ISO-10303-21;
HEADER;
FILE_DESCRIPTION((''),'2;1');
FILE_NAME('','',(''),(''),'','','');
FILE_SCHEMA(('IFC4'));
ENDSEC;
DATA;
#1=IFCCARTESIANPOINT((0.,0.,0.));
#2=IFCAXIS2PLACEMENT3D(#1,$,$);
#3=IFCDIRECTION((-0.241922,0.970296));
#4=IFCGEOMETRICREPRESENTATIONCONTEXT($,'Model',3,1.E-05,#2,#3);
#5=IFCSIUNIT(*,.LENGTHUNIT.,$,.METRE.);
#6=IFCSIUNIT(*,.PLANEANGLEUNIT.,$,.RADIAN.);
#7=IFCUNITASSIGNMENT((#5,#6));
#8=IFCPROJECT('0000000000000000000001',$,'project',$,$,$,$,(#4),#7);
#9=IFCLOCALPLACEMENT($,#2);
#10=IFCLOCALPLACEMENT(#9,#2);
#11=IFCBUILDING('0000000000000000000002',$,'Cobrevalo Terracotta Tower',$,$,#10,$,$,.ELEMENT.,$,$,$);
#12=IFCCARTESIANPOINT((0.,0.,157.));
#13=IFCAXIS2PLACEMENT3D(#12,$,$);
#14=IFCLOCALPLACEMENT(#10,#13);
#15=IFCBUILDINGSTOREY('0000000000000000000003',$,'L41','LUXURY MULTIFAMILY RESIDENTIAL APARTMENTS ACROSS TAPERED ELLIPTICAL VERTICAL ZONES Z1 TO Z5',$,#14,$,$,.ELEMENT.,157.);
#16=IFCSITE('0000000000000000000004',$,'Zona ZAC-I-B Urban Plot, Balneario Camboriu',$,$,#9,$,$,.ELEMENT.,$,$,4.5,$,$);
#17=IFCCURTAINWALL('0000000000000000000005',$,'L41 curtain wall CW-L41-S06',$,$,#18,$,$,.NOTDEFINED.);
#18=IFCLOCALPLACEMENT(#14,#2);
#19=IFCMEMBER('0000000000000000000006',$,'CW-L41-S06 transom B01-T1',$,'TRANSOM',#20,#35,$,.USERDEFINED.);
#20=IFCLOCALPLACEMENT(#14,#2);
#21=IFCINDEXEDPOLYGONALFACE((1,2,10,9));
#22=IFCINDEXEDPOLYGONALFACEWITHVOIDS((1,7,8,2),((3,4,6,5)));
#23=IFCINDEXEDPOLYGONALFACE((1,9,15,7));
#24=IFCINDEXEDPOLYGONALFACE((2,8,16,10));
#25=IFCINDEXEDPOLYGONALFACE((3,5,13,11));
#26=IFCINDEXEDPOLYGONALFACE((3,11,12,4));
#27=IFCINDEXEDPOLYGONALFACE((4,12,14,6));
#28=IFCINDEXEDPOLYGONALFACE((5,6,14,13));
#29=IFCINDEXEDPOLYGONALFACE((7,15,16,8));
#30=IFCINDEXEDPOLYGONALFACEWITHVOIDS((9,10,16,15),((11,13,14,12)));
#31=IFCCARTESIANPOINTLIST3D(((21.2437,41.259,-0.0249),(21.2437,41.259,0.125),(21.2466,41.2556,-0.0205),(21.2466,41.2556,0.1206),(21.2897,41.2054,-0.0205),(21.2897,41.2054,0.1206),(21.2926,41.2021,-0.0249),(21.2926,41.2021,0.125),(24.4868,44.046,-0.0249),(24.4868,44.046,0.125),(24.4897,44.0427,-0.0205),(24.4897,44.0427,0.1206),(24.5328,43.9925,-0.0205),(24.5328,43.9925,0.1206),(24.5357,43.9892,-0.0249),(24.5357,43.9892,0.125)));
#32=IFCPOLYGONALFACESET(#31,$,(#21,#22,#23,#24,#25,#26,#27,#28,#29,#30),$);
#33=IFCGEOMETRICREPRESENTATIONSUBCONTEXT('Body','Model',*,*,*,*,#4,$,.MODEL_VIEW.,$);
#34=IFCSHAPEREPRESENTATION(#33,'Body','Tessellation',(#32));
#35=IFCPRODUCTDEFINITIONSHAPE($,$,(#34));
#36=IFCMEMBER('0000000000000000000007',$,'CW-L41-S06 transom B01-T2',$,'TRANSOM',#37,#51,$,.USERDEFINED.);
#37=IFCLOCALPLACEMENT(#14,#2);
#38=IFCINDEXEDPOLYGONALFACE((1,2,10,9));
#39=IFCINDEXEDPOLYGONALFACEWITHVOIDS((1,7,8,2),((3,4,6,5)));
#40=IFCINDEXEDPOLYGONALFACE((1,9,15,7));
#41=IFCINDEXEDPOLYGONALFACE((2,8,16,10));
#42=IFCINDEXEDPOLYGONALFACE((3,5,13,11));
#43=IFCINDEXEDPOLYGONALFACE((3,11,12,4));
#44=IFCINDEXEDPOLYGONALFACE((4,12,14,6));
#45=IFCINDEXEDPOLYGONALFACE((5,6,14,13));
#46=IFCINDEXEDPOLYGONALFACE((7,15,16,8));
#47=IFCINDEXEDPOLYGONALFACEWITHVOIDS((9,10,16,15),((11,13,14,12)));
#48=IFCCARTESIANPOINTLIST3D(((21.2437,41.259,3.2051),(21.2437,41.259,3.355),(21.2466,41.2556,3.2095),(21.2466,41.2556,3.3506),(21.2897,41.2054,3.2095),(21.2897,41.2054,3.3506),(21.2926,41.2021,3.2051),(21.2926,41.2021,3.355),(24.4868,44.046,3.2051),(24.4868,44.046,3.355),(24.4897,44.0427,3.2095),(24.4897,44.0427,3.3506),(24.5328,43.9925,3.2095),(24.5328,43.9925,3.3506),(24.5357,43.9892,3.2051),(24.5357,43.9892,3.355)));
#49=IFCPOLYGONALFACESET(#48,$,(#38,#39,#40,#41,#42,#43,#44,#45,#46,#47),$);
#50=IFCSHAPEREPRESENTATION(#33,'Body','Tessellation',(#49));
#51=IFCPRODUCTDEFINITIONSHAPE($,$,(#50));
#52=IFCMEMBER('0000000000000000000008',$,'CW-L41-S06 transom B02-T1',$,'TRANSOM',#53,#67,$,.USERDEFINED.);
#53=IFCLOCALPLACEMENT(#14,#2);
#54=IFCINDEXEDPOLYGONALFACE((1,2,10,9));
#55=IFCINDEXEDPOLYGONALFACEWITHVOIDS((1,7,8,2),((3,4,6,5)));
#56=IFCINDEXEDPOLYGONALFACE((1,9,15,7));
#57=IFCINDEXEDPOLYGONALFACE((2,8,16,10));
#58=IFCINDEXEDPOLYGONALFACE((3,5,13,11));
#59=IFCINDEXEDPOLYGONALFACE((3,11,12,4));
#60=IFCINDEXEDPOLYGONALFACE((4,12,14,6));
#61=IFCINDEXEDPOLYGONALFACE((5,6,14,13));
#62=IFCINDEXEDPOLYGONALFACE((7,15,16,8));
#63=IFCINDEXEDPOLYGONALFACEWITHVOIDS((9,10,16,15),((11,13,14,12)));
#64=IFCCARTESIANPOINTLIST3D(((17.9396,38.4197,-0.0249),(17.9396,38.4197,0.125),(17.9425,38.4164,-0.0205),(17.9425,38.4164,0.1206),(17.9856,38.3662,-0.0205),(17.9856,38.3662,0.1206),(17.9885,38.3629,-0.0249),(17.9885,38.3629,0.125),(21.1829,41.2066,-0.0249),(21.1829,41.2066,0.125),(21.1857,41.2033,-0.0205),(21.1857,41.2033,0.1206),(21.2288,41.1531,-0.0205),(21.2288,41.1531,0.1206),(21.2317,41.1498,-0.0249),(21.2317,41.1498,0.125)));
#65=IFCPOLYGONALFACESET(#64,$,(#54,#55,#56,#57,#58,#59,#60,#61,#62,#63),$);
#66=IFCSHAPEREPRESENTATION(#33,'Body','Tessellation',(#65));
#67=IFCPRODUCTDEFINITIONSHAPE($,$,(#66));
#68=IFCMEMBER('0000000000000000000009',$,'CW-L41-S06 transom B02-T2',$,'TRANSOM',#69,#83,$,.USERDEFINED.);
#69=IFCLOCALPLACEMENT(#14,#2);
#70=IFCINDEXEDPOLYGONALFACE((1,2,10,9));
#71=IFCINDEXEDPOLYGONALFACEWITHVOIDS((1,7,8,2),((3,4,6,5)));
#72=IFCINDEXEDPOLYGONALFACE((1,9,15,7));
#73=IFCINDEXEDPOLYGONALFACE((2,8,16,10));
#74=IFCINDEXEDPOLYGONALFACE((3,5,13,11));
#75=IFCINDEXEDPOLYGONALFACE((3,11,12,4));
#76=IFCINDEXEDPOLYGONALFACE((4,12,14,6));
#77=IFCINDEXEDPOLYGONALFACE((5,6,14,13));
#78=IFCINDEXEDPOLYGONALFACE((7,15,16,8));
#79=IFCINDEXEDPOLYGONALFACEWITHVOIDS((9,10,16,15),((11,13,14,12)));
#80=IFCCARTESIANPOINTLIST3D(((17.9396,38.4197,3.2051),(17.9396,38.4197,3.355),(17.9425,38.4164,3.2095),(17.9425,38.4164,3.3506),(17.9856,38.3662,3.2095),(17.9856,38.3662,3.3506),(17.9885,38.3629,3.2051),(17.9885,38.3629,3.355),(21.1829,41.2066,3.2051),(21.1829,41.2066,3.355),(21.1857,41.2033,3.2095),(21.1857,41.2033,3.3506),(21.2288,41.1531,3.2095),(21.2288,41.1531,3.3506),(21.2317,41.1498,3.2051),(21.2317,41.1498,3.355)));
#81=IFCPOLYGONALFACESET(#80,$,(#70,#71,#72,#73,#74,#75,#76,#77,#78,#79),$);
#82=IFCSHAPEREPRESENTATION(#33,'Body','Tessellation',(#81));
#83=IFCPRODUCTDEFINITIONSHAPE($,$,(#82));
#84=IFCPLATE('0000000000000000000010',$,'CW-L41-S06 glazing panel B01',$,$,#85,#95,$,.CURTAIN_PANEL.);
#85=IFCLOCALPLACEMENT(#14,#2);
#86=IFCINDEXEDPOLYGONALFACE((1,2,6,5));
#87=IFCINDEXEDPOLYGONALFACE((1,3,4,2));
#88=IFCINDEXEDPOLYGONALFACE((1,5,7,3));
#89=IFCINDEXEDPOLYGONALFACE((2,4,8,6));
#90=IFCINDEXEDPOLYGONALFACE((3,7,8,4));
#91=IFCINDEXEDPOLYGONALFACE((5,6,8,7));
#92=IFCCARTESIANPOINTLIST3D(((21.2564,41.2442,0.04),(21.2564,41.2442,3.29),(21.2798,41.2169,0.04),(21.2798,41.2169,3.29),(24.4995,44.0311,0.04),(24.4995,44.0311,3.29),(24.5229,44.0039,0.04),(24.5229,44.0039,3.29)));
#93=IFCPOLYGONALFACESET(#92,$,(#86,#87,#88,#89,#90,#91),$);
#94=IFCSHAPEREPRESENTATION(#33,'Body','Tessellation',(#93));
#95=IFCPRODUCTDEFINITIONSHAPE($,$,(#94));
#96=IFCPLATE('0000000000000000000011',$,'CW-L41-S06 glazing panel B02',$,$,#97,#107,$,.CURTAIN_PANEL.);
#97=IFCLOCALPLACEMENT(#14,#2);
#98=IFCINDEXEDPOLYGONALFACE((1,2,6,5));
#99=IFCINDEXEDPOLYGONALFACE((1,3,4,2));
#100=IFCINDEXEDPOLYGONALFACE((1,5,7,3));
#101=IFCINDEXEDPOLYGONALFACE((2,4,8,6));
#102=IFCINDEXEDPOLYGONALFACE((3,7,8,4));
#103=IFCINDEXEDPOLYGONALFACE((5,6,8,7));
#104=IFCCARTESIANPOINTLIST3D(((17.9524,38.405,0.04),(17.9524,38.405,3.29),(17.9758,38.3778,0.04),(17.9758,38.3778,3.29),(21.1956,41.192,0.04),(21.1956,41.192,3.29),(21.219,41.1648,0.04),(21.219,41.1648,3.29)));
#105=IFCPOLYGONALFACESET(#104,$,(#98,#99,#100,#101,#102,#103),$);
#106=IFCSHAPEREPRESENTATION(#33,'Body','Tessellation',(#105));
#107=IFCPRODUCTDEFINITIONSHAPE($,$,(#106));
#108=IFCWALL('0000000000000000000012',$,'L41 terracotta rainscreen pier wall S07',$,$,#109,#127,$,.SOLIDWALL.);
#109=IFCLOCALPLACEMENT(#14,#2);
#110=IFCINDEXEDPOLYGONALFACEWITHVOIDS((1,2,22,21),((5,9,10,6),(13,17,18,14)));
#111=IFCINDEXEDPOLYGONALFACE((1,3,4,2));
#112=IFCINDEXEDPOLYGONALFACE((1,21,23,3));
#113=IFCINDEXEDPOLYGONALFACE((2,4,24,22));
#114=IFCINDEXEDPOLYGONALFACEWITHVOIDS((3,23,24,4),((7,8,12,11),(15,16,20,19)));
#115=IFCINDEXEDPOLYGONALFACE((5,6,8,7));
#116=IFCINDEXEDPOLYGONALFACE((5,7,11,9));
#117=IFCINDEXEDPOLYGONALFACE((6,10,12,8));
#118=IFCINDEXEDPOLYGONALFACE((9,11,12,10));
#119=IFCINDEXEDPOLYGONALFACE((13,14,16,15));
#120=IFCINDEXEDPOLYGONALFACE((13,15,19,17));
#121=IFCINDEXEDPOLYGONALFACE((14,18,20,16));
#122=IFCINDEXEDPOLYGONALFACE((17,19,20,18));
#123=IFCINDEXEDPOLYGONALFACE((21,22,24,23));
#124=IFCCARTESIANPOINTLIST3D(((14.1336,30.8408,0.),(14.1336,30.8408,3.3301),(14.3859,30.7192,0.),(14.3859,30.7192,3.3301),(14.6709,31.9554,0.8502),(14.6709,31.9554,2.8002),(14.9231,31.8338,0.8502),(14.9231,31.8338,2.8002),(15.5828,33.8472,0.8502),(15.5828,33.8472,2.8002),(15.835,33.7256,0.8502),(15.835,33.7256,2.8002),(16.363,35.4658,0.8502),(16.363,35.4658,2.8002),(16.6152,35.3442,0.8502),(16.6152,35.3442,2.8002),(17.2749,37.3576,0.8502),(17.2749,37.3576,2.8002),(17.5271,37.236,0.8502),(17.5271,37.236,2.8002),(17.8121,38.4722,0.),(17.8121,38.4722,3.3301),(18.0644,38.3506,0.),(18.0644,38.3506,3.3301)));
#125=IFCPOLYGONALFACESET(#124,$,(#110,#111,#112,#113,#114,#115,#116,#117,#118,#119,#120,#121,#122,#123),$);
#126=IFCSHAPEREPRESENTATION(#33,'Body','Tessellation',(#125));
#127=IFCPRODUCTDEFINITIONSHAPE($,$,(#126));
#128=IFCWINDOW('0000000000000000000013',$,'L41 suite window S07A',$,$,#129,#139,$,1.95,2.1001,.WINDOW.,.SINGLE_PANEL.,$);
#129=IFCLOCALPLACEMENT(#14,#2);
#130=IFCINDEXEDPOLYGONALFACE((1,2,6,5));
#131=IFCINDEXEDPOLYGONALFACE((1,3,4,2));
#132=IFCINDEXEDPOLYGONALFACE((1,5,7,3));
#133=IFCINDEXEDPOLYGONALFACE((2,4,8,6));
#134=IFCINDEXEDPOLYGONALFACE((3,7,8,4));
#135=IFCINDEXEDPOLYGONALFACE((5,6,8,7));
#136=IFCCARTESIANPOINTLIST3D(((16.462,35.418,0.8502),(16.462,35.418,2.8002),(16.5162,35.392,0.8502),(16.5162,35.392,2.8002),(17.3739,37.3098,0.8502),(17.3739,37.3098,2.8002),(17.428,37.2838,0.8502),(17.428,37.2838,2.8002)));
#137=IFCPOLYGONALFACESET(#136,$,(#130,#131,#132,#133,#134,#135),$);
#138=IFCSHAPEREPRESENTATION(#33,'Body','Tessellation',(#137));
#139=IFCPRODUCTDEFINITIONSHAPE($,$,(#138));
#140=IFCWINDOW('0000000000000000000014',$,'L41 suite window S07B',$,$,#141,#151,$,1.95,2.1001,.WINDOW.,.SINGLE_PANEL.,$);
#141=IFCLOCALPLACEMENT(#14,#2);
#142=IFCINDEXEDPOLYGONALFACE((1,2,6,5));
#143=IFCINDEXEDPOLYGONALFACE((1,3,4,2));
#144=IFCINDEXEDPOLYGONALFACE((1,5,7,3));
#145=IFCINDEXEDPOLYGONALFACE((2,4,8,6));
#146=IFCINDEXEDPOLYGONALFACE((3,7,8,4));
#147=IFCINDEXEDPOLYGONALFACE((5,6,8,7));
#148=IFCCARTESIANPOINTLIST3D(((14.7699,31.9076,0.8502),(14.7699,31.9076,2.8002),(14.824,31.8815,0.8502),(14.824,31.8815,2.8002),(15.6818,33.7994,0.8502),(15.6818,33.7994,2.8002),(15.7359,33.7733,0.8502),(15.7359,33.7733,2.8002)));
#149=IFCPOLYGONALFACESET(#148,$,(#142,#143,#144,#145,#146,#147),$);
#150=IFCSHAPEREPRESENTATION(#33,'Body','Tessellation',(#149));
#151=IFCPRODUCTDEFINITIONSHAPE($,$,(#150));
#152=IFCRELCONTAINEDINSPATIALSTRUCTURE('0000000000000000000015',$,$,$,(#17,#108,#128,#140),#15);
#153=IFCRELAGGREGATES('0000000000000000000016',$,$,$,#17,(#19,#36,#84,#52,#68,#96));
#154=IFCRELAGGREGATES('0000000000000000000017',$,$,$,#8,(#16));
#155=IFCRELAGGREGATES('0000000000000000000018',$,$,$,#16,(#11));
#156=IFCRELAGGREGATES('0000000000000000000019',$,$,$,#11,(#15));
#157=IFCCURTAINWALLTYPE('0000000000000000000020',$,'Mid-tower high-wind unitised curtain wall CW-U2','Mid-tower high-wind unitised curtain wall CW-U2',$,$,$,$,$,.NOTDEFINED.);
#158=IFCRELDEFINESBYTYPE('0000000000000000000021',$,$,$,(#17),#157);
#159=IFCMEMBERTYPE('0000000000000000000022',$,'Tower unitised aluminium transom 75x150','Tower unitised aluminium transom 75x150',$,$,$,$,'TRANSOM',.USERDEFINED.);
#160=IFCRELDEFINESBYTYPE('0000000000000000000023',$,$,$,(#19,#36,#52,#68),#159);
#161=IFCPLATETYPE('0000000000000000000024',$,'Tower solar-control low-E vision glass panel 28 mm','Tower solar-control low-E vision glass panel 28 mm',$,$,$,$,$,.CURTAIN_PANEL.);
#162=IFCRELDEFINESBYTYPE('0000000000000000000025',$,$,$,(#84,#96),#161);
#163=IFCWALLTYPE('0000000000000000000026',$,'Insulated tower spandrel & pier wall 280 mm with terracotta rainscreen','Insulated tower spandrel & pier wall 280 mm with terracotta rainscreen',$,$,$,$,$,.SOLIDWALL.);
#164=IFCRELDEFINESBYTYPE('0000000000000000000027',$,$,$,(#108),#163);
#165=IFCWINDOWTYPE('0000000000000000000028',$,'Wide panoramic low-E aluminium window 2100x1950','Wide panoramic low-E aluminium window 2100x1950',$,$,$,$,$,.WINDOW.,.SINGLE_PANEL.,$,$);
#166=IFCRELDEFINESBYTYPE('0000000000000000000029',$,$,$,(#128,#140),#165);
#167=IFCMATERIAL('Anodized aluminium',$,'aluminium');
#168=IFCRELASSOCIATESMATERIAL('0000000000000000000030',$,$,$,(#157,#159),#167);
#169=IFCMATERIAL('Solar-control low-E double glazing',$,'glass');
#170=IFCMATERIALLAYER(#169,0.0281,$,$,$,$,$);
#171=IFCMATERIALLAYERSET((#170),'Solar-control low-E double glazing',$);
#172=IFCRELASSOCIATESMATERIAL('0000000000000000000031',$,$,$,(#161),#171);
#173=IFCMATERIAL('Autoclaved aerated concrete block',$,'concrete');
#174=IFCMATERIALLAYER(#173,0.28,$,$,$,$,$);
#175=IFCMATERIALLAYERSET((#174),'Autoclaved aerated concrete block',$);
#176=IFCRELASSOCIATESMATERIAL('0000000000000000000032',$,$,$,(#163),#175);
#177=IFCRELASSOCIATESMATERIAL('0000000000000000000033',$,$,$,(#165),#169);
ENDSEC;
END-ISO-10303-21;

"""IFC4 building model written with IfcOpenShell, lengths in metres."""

from ifc_helpers import new_model, si_unit, direction, frame, frame_2d, origin, origin_2d, place, context, subcontext, project, spatial, rectangle, hollow_rectangle, extrude, source, transform, mapped, material, layer, layer_set, material_profile, profile_set, type_object, element, fill, aggregate, save


model = new_model("IFC4")

# Units and contexts
model_context = context("Model", 3, precision=1e-05, world=origin(), true_north=direction((-0.241922, 0.970296)))
body_context = subcontext(model_context, "Body", "Model", "MODEL_VIEW")
ifc_project = project(units=[si_unit("LENGTHUNIT", "METRE"), si_unit("PLANEANGLEUNIT", "RADIAN")], contexts=[model_context])

# Site, building, storey
site_placement = place(None, origin())
site = spatial("IfcSite", under=ifc_project, at=site_placement, Name="Zona ZAC-I-B Urban Plot, Balneario Camboriu", CompositionType="ELEMENT", RefElevation=4.5)
building_placement = place(site_placement, origin())
building = spatial("IfcBuilding", under=site, at=building_placement, Name="Cobrevalo Terracotta Tower", CompositionType="ELEMENT")
storey_placement = place(building_placement, frame((0.0, 0.0, 157.0)))
storey = spatial("IfcBuildingStorey", under=building, at=storey_placement, Name="L41", Description="LUXURY MULTIFAMILY RESIDENTIAL APARTMENTS ACROSS TAPERED ELLIPTICAL VERTICAL ZONES Z1 TO Z5", CompositionType="ELEMENT", Elevation=157.0)

# Shared definitions
ifc_material_1 = material(Name="Anodized aluminium", Category="aluminium")
curtain_wall_type = type_object("IfcCurtainWallType", Name="Mid-tower high-wind unitised curtain wall CW-U2", Description="Mid-tower high-wind unitised curtain wall CW-U2", PredefinedType="NOTDEFINED", material=ifc_material_1)

# Curtain wall, members, plates
curtain_wall_1_placement = place(storey_placement, origin())
curtain_wall_1 = element("IfcCurtainWall", 1, at=curtain_wall_1_placement, inside=storey, type_object=curtain_wall_type, Name="L41 curtain wall CW-L41-S06", PredefinedType="NOTDEFINED")
ifc_material_profile_1 = material_profile(ifc_material_1, hollow_rectangle(XDim=0.075, YDim=0.1499, WallThickness=0.0044, at=origin_2d()), Name="CWT 75x150")
ifc_profile_set_1 = profile_set([ifc_material_profile_1], Name="Anodized aluminium")
member_type_1 = type_object("IfcMemberType", Name="Tower unitised aluminium transom 75x150", Description="Tower unitised aluminium transom 75x150", ElementType="TRANSOM", PredefinedType="USERDEFINED", material=ifc_profile_set_1)
shared_shape_1 = source(origin(), body_context, "Body", "SweptSolid", [
    extrude(hollow_rectangle(XDim=0.075, YDim=0.1499, WallThickness=0.0044, at=origin_2d()), origin(), (0.0, 0.0, 1.0), 4.2761),
])
member_1_placement = place(storey_placement, frame((24.5112, 44.0176, 0.05), z_axis=(-0.758418, -0.651769, 0.0), x_axis=(0.651769, -0.758418, 0.0)))
member_1 = element("IfcMember", 2, at=member_1_placement, type_object=member_type_1, Name="CW-L41-S06 transom B01-T1", ObjectType="TRANSOM", PredefinedType="USERDEFINED", context=body_context, shape_type="MappedRepresentation", body=[
    mapped(shared_shape_1, transform((0.0, 0.0, 0.0), scale=1.0)),
])
member_2_placement = place(storey_placement, frame((24.5112, 44.0176, 3.28), z_axis=(-0.758418, -0.651769, 0.0), x_axis=(0.651769, -0.758418, 0.0)))
member_2 = element("IfcMember", 3, at=member_2_placement, type_object=member_type_1, Name="CW-L41-S06 transom B01-T2", ObjectType="TRANSOM", PredefinedType="USERDEFINED", context=body_context, shape_type="MappedRepresentation", body=[
    mapped(shared_shape_1, transform((0.0, 0.0, 0.0), scale=1.0)),
])
member_3_placement = place(storey_placement, frame((21.2073, 41.1782, 0.05), z_axis=(-0.758446, -0.651736, 0.0), x_axis=(0.651736, -0.758446, 0.0)))
member_3 = element("IfcMember", 4, at=member_3_placement, type_object=member_type_1, Name="CW-L41-S06 transom B02-T1", ObjectType="TRANSOM", PredefinedType="USERDEFINED", context=body_context, shape_type="MappedRepresentation", body=[
    mapped(shared_shape_1, transform((0.0, 0.0, 0.0), scale=1.0)),
])
member_4_placement = place(storey_placement, frame((21.2073, 41.1782, 3.28), z_axis=(-0.758446, -0.651736, 0.0), x_axis=(0.651736, -0.758446, 0.0)))
member_4 = element("IfcMember", 5, at=member_4_placement, type_object=member_type_1, Name="CW-L41-S06 transom B02-T2", ObjectType="TRANSOM", PredefinedType="USERDEFINED", context=body_context, shape_type="MappedRepresentation", body=[
    mapped(shared_shape_1, transform((0.0, 0.0, 0.0), scale=1.0)),
])
ifc_material_2 = material(Name="Solar-control low-E double glazing", Category="glass")
ifc_layer_1 = layer(ifc_material_2, 0.0281)
ifc_layer_set_1 = layer_set([ifc_layer_1], Name="Solar-control low-E double glazing")
plate_type = type_object("IfcPlateType", Name="Tower solar-control low-E vision glass panel 28 mm", Description="Tower solar-control low-E vision glass panel 28 mm", PredefinedType="CURTAIN_PANEL", material=ifc_layer_set_1)
shared_shape_2 = source(origin(), body_context, "Body", "SweptSolid", [
    extrude(rectangle(XDim=4.2761, YDim=0.0359, at=origin_2d()), origin(), (0.0, 0.0, 1.0), 3.25),
])
plate_1_placement = place(storey_placement, frame((22.8896, 42.624, 0.04), z_axis=(0.0, 0.0, 1.0), x_axis=(-0.758437, -0.651746, 0.0)))
plate_1 = element("IfcPlate", 6, at=plate_1_placement, type_object=plate_type, Name="CW-L41-S06 glazing panel B01", PredefinedType="CURTAIN_PANEL", context=body_context, shape_type="MappedRepresentation", body=[
    mapped(shared_shape_2, transform((0.0, 0.0, 0.0), scale=1.0)),
])
plate_2_placement = place(storey_placement, frame((19.5857, 39.7849, 0.04), z_axis=(0.0, 0.0, 1.0), x_axis=(-0.758437, -0.651746, 0.0)))
plate_2 = element("IfcPlate", 7, at=plate_2_placement, type_object=plate_type, Name="CW-L41-S06 glazing panel B02", PredefinedType="CURTAIN_PANEL", context=body_context, shape_type="MappedRepresentation", body=[
    mapped(shared_shape_2, transform((0.0, 0.0, 0.0), scale=1.0)),
])
aggregate(curtain_wall_1, [member_1, member_2, plate_1, member_3, member_4, plate_2])

# Wall, openings, windows
ifc_material_3 = material(Name="Autoclaved aerated concrete block", Category="concrete")
ifc_layer_2 = layer(ifc_material_3, 0.28)
ifc_layer_set_2 = layer_set([ifc_layer_2], Name="Autoclaved aerated concrete block")
wall_type_1 = type_object("IfcWallType", Name="Insulated tower spandrel & pier wall 280 mm with terracotta rainscreen", Description="Insulated tower spandrel & pier wall 280 mm with terracotta rainscreen", PredefinedType="SOLIDWALL", material=ifc_layer_set_2)
wall_1_placement = place(storey_placement, frame((17.9382, 38.4114, 0.0), z_axis=(0.0, 0.0, 1.0), x_axis=(-0.43421, -0.900812, 0.0)))
wall_1 = element("IfcWall", 8, at=wall_1_placement, inside=storey, type_object=wall_type_1, Name="L41 terracotta rainscreen pier wall S07", PredefinedType="SOLIDWALL", context=body_context, shape_type="SweptSolid", body=[
    extrude(rectangle(XDim=8.4717, YDim=0.28, at=frame_2d((4.2358, 0.0))), origin(), (0.0, 0.0, 1.0), 3.3301),
])
opening_1_placement = place(wall_1_placement, frame((1.2373, 0.0, 0.8501)))
opening_1 = element("IfcOpeningElement", 9, at=opening_1_placement, cuts=wall_1, PredefinedType="OPENING", context=body_context, shape_type="SweptSolid", body=[
    extrude(rectangle(XDim=2.1001, YDim=1.95, at=frame_2d((1.05, 0.9751))), frame((0.0, 0.1499, 0.0), z_axis=(0.0, -1.0, 0.0), x_axis=(1.0, 0.0, 0.0)), (0.0, 0.0, 1.0), 0.3),
])
opening_2_placement = place(wall_1_placement, frame((5.1343, 0.0, 0.8501)))
opening_2 = element("IfcOpeningElement", 10, at=opening_2_placement, cuts=wall_1, PredefinedType="OPENING", context=body_context, shape_type="SweptSolid", body=[
    extrude(rectangle(XDim=2.1001, YDim=1.95, at=frame_2d((1.05, 0.9751))), frame((0.0, 0.1499, 0.0), z_axis=(0.0, -1.0, 0.0), x_axis=(1.0, 0.0, 0.0)), (0.0, 0.0, 1.0), 0.3),
])
window_type = type_object("IfcWindowType", Name="Wide panoramic low-E aluminium window 2100x1950", Description="Wide panoramic low-E aluminium window 2100x1950", PartitioningType="SINGLE_PANEL", PredefinedType="WINDOW", material=ifc_material_2)
shared_shape_3 = source(origin(), body_context, "Body", "SweptSolid", [
    extrude(rectangle(XDim=2.1001, YDim=1.95, at=frame_2d((1.05, 0.9751))), frame((0.0, 0.03, 0.0), z_axis=(0.0, -1.0, 0.0), x_axis=(1.0, 0.0, 0.0)), (0.0, 0.0, 1.0), 0.0601),
])
window_1_placement = place(opening_1_placement, origin())
window_1 = element("IfcWindow", 11, at=window_1_placement, inside=storey, type_object=window_type, Name="L41 suite window S07A", OverallHeight=1.95, OverallWidth=2.1001, PartitioningType="SINGLE_PANEL", PredefinedType="WINDOW", context=body_context, shape_type="MappedRepresentation", body=[
    mapped(shared_shape_3, transform((0.0, 0.0, 0.0), scale=1.0)),
])
fill(opening_1, window_1)
window_2_placement = place(opening_2_placement, origin())
window_2 = element("IfcWindow", 12, at=window_2_placement, inside=storey, type_object=window_type, Name="L41 suite window S07B", OverallHeight=1.95, OverallWidth=2.1001, PartitioningType="SINGLE_PANEL", PredefinedType="WINDOW", context=body_context, shape_type="MappedRepresentation", body=[
    mapped(shared_shape_3, transform((0.0, 0.0, 0.0), scale=1.0)),
])
fill(opening_2, window_2)

save(model, "model.ifc")
